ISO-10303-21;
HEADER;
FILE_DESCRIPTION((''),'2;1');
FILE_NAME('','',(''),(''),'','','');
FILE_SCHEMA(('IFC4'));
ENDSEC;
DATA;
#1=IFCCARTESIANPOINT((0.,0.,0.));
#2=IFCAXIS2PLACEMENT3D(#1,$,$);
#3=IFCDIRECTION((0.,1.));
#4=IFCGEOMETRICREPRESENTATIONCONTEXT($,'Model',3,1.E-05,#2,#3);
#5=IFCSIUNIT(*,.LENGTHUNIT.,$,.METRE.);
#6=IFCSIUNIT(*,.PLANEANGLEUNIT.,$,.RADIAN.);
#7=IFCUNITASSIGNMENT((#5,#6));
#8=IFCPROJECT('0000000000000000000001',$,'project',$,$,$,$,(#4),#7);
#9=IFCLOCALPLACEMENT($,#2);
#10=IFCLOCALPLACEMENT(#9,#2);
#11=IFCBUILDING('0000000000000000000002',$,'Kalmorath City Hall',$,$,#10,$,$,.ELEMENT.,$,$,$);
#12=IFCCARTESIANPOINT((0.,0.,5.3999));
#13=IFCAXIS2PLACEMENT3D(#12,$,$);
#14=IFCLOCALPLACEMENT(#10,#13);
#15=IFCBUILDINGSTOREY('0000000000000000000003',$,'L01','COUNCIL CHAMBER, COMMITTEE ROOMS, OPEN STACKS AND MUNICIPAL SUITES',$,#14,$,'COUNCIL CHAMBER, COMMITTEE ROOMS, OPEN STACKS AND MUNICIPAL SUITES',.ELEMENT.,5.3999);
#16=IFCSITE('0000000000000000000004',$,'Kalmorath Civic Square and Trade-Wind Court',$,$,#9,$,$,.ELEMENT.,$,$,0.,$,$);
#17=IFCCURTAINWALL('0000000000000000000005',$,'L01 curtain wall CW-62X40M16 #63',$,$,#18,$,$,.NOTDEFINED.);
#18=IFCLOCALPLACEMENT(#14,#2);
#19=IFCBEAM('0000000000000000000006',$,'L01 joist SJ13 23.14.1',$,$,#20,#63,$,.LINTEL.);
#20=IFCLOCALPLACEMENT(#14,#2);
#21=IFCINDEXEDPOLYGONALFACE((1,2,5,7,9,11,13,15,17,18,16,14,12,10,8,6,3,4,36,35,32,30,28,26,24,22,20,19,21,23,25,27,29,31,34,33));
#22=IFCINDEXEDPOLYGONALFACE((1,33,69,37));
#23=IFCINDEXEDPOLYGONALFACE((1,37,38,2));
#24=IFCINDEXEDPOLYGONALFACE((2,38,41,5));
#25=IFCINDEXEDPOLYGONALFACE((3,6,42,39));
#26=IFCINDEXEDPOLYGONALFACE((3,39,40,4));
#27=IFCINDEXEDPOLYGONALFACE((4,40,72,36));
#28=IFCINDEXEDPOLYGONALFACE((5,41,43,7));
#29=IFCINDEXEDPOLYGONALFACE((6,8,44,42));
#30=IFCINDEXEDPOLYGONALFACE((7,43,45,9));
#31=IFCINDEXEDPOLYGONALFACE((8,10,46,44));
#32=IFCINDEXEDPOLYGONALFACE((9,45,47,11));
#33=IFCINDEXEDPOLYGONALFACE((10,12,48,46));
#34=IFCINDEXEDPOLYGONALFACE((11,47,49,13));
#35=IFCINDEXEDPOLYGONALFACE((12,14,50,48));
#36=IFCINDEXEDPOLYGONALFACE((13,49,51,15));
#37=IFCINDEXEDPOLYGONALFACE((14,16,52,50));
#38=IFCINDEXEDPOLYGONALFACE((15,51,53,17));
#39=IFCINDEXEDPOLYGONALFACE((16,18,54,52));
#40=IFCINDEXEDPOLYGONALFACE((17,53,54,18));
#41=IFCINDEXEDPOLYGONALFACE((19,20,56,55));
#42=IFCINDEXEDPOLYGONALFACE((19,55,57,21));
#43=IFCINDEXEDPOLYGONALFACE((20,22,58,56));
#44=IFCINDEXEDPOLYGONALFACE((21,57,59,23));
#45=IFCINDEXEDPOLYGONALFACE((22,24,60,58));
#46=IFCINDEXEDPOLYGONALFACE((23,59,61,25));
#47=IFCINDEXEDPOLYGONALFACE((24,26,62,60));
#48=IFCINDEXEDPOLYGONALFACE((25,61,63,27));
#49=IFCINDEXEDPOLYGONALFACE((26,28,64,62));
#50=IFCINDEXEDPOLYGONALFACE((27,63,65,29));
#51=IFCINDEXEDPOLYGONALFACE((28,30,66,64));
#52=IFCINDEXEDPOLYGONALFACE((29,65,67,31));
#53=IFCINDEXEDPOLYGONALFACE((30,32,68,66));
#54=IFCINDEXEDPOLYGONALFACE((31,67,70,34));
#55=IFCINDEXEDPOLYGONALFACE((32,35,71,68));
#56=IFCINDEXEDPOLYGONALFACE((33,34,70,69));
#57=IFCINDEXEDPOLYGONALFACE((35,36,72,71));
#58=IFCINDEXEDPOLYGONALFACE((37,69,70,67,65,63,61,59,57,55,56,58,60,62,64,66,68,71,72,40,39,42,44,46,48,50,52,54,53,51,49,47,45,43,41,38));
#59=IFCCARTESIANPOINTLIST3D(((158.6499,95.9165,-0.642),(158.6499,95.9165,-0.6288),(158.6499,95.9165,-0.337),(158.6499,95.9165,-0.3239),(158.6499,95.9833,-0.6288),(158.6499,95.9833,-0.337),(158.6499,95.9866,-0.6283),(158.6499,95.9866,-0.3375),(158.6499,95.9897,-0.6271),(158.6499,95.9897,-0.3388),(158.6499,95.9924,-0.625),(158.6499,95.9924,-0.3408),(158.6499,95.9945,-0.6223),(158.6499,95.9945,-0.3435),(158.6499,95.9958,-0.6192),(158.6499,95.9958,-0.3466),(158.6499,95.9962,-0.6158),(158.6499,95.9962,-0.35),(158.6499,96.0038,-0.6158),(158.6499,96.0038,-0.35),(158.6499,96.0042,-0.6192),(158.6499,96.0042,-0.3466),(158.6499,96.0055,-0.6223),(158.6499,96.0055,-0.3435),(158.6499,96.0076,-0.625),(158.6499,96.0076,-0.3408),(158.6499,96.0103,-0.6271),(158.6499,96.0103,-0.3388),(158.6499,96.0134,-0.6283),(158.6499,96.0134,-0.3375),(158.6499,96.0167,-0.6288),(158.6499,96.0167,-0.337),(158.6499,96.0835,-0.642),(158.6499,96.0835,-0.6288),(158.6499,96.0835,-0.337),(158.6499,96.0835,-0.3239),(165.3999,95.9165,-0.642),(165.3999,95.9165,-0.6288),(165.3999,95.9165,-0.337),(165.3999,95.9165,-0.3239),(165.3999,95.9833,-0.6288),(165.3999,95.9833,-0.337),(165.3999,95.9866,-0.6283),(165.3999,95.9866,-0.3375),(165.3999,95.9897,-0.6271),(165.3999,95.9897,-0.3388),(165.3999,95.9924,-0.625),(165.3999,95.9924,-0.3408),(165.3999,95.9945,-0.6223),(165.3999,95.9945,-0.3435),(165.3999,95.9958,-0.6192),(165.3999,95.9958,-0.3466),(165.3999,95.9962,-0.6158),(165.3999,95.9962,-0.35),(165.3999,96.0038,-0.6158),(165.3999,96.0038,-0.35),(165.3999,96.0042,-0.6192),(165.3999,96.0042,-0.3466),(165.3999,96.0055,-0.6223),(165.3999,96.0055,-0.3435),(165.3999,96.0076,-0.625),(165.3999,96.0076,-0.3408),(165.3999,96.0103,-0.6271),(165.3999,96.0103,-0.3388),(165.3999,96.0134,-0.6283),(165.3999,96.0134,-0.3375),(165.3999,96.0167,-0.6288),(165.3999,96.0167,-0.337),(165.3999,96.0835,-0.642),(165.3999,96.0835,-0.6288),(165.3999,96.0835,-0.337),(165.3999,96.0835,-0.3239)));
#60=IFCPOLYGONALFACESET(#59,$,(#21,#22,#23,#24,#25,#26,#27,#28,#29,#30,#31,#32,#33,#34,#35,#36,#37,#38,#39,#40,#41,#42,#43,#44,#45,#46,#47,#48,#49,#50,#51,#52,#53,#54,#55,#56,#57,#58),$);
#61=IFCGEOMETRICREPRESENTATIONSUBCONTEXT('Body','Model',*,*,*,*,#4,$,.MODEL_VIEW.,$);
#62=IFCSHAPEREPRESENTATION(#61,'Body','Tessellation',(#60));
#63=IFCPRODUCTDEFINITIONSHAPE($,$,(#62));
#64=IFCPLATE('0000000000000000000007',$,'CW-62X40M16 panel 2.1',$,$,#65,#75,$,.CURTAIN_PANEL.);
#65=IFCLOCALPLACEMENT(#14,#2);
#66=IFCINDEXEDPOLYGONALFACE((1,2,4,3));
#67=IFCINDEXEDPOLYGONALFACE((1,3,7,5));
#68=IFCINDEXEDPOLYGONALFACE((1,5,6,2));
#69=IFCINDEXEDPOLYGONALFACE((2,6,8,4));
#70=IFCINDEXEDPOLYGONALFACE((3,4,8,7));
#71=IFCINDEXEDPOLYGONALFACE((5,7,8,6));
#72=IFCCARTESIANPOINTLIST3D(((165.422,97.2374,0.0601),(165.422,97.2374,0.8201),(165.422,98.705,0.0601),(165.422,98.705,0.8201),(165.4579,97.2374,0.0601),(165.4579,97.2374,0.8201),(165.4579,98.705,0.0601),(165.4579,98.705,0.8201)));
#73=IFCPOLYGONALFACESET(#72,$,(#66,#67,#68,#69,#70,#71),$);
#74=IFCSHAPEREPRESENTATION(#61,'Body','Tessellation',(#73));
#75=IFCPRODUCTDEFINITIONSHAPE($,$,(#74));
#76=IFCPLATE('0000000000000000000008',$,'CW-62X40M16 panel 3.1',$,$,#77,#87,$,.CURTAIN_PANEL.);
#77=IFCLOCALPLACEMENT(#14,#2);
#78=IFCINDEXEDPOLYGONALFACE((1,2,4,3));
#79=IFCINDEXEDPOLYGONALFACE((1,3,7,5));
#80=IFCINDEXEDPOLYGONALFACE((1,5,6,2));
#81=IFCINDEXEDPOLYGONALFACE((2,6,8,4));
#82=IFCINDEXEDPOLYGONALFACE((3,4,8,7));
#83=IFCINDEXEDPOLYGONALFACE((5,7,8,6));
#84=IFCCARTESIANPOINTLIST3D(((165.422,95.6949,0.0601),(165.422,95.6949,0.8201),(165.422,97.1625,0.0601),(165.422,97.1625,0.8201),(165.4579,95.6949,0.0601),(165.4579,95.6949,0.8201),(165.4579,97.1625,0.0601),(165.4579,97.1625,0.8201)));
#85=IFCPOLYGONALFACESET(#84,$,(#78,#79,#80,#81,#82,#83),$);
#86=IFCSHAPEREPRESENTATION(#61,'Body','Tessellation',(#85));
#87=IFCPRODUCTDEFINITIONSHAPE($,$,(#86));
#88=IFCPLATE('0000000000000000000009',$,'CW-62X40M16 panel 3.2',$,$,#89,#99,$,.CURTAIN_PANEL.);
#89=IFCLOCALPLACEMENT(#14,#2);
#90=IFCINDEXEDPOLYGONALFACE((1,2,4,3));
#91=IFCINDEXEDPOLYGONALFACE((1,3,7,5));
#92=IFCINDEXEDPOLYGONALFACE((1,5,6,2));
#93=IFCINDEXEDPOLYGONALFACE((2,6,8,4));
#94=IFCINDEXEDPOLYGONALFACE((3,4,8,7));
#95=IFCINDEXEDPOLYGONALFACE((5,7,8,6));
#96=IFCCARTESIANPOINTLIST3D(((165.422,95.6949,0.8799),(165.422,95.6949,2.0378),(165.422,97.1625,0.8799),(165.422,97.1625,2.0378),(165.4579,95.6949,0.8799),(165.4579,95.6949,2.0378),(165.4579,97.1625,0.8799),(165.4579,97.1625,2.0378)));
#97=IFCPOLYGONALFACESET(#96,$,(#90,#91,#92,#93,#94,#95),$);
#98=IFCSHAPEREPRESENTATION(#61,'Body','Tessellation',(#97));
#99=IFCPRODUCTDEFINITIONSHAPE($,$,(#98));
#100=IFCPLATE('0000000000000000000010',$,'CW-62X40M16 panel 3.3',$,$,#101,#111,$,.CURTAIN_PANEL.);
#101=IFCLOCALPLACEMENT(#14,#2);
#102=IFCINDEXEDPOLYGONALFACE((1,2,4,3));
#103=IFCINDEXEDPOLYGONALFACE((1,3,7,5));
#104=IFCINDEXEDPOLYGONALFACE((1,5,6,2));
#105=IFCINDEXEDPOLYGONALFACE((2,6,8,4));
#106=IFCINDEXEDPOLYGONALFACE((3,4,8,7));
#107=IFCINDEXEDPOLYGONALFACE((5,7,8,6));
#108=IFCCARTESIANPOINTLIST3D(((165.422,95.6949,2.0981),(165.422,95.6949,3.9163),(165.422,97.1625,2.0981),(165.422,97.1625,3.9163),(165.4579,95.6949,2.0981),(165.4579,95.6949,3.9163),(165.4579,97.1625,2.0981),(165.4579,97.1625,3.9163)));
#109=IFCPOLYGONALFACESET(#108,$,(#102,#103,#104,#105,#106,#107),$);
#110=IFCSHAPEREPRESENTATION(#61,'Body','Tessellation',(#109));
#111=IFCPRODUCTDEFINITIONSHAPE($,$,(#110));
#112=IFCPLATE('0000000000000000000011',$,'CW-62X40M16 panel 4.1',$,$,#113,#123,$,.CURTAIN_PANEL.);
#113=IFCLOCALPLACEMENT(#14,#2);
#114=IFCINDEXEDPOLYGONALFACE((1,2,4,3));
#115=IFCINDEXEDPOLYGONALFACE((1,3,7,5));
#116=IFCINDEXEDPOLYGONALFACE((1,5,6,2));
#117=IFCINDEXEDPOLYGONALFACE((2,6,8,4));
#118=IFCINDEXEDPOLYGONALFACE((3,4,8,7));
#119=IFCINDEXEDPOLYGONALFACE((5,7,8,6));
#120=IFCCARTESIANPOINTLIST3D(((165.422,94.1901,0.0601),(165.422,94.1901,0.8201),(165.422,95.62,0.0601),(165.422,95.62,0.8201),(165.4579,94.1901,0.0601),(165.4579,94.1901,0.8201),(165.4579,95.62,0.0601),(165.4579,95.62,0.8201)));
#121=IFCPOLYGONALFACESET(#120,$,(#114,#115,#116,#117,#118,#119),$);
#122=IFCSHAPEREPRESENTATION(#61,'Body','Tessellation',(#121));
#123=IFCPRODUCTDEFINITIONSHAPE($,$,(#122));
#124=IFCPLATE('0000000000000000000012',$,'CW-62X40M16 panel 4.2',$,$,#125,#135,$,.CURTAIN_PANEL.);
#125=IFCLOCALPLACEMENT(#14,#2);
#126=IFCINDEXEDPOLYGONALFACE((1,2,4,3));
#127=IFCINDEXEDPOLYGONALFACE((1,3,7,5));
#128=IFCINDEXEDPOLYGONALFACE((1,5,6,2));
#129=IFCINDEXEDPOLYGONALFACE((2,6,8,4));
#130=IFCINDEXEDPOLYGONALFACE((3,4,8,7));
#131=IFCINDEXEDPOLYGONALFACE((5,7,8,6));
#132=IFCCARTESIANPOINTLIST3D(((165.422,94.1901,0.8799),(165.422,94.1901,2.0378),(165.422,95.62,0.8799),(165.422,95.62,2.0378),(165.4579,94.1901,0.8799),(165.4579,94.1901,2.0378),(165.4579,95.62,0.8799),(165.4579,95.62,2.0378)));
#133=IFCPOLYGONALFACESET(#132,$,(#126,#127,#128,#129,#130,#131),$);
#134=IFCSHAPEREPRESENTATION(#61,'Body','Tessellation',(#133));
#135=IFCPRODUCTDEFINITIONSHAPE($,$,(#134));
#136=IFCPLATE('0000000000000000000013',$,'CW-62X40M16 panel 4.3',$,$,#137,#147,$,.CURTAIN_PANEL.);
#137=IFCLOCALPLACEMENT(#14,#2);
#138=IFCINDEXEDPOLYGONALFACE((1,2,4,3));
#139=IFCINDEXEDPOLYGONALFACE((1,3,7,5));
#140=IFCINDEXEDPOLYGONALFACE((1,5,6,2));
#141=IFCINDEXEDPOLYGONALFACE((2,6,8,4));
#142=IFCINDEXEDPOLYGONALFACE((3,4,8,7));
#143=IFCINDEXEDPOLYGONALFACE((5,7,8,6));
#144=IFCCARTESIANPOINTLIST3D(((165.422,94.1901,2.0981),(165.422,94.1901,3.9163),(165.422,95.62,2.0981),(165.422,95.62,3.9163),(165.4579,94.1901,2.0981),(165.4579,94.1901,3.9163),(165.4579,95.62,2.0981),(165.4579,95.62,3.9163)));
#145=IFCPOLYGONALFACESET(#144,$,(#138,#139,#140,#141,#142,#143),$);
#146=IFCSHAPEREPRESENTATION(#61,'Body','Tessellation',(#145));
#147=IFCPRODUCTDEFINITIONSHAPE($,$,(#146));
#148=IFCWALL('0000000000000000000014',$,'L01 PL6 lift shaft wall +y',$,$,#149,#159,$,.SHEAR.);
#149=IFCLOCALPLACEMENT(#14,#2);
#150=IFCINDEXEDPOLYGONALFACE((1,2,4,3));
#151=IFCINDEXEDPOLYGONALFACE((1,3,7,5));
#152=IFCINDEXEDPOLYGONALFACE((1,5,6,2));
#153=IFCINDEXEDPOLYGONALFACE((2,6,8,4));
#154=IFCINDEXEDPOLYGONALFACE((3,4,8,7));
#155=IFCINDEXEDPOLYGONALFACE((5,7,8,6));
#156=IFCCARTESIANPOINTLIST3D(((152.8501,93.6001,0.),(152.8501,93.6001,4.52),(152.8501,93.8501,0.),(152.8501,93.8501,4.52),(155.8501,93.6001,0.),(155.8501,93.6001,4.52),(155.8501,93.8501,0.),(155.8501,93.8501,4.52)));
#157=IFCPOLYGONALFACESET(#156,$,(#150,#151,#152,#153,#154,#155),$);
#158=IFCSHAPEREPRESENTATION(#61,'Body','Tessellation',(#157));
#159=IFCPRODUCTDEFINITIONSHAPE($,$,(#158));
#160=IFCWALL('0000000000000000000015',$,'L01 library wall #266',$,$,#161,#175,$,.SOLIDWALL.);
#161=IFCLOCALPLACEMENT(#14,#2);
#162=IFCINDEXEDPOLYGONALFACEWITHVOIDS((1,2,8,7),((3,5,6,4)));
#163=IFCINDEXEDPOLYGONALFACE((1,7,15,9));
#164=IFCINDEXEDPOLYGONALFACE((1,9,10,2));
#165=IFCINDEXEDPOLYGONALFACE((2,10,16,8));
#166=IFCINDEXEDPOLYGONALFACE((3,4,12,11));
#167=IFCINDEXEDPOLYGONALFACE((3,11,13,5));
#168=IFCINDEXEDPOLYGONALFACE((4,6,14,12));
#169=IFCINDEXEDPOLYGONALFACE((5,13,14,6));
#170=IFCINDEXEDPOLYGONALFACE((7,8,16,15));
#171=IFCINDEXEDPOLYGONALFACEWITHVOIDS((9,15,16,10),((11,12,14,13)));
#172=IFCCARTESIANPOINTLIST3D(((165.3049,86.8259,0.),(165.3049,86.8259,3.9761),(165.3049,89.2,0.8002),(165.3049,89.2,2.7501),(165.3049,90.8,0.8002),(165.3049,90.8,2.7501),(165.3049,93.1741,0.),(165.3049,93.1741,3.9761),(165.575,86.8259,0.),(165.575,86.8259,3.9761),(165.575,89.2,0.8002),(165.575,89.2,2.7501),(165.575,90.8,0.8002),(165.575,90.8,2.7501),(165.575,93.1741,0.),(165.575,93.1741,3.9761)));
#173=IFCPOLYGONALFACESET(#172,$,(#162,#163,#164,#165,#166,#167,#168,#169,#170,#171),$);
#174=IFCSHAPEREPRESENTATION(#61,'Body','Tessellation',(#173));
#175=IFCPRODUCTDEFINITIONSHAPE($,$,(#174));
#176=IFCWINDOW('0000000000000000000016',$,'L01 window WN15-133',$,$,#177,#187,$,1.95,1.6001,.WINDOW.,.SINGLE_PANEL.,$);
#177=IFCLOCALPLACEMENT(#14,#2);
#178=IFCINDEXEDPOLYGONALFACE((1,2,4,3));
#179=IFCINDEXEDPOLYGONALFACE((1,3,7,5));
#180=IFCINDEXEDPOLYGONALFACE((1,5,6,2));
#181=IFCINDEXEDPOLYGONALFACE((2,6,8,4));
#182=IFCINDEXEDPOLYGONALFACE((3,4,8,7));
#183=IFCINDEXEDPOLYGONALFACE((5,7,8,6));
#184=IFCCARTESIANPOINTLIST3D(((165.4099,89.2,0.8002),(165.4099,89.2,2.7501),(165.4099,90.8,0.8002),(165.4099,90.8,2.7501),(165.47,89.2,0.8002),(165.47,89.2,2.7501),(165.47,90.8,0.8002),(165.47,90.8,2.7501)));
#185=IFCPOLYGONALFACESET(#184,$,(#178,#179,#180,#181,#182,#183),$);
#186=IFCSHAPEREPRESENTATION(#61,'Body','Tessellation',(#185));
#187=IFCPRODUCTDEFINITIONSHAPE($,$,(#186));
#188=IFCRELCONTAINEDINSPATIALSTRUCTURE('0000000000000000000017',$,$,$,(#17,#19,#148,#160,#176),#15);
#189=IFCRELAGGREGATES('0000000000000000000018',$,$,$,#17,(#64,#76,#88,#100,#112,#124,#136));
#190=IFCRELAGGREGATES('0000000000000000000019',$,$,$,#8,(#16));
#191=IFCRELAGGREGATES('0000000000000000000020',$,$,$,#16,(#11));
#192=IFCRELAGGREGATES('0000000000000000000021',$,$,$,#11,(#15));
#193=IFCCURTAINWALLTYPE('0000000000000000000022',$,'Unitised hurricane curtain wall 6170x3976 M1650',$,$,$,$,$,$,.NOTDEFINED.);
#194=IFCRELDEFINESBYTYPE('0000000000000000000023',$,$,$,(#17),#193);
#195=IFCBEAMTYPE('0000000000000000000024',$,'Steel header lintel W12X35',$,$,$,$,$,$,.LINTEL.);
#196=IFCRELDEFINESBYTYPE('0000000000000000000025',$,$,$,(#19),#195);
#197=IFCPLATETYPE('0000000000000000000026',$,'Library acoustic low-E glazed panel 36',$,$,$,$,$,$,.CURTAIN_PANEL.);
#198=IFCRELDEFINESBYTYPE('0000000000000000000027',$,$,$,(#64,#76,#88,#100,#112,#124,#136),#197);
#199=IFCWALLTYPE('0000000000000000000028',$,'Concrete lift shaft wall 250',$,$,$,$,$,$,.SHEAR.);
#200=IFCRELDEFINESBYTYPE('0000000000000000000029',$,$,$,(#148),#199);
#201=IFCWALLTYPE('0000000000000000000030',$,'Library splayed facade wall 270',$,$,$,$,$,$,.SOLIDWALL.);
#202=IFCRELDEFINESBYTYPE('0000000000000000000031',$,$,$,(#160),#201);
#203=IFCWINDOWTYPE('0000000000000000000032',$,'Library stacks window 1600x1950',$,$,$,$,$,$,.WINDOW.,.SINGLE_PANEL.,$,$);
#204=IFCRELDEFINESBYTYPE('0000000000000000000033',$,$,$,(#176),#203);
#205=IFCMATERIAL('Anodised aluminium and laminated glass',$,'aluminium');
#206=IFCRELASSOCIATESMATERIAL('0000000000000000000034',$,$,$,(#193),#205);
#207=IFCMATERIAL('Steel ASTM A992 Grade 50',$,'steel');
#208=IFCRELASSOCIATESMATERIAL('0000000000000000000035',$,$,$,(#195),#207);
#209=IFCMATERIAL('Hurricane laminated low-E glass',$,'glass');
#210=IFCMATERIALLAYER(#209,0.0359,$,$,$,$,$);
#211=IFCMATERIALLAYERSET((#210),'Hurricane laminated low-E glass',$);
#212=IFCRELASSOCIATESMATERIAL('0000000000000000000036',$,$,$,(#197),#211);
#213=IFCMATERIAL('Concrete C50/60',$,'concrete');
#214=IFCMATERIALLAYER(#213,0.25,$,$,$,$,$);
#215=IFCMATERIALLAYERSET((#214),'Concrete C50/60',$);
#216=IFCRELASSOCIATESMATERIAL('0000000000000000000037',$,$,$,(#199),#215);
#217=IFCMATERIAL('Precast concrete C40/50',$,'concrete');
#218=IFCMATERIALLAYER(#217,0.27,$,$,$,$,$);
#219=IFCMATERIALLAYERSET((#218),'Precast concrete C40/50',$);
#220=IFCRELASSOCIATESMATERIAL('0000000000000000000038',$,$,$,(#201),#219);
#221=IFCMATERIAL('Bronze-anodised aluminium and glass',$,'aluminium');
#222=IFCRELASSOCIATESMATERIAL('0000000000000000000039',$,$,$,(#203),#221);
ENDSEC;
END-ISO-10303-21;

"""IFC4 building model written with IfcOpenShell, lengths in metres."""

from ifc_helpers import new_model, si_unit, direction, frame, frame_2d, origin, origin_2d, place, context, subcontext, project, spatial, rectangle, i_section, extrude, material, layer, layer_set, material_profile, profile_set, type_object, element, fill, aggregate, save


model = new_model("IFC4")

# Units and contexts
model_context = context("Model", 3, precision=1e-05, world=origin(), true_north=direction((0.0, 1.0)))
body_context = subcontext(model_context, "Body", "Model", "MODEL_VIEW")
ifc_project = project(units=[si_unit("LENGTHUNIT", "METRE"), si_unit("PLANEANGLEUNIT", "RADIAN")], contexts=[model_context])

# Site, building, storey
site_placement = place(None, origin())
site = spatial("IfcSite", under=ifc_project, at=site_placement, Name="Kalmorath Civic Square and Trade-Wind Court", CompositionType="ELEMENT", RefElevation=0.0)
building_placement = place(site_placement, origin())
building = spatial("IfcBuilding", under=site, at=building_placement, Name="Kalmorath City Hall", CompositionType="ELEMENT")
storey_placement = place(building_placement, frame((0.0, 0.0, 5.3999)))
storey = spatial("IfcBuildingStorey", under=building, at=storey_placement, Name="L01", Description="COUNCIL CHAMBER, COMMITTEE ROOMS, OPEN STACKS AND MUNICIPAL SUITES", LongName="COUNCIL CHAMBER, COMMITTEE ROOMS, OPEN STACKS AND MUNICIPAL SUITES", CompositionType="ELEMENT", Elevation=5.3999)

# Curtain wall
ifc_material_1 = material(Name="Anodised aluminium and laminated glass", Category="aluminium")
curtain_wall_type = type_object("IfcCurtainWallType", Name="Unitised hurricane curtain wall 6170x3976 M1650", PredefinedType="NOTDEFINED", material=ifc_material_1)
curtain_wall_placement = place(storey_placement, origin())
curtain_wall = element("IfcCurtainWall", 1, at=curtain_wall_placement, inside=storey, type_object=curtain_wall_type, Name="L01 curtain wall CW-62X40M16 #63", PredefinedType="NOTDEFINED")

# Beam
ifc_material_2 = material(Name="Steel ASTM A992 Grade 50", Category="steel")
ifc_material_profile_1 = material_profile(ifc_material_2, i_section(OverallWidth=0.167, OverallDepth=0.3181, WebThickness=0.0076, FlangeThickness=0.0132, FilletRadius=0.0129, at=origin_2d()), Name="W12X35")
ifc_profile_set_1 = profile_set([ifc_material_profile_1], Name="Steel ASTM A992 Grade 50")
beam_type_1 = type_object("IfcBeamType", Name="Steel header lintel W12X35", PredefinedType="LINTEL", material=ifc_profile_set_1)
beam_1_placement = place(storey_placement, frame((158.6499, 96.0, -0.4829), z_axis=(1.0, 0.0, 0.0), x_axis=(0.0, 1.0, 0.0)))
element("IfcBeam", 2, at=beam_1_placement, inside=storey, type_object=beam_type_1, Name="L01 joist SJ13 23.14.1", PredefinedType="LINTEL", context=body_context, shape_type="SweptSolid", body=[
    extrude(i_section(OverallWidth=0.167, OverallDepth=0.3181, WebThickness=0.0076, FlangeThickness=0.0132, FilletRadius=0.0129, at=origin_2d()), origin(), (0.0, 0.0, 1.0), 6.75),
])

# Plates
ifc_material_3 = material(Name="Hurricane laminated low-E glass", Category="glass")
ifc_layer_1 = layer(ifc_material_3, 0.0359)
ifc_layer_set_1 = layer_set([ifc_layer_1], Name="Hurricane laminated low-E glass")
plate_type = type_object("IfcPlateType", Name="Library acoustic low-E glazed panel 36", PredefinedType="CURTAIN_PANEL", material=ifc_layer_set_1)
plate_1_placement = place(storey_placement, frame((165.4399, 97.9712, 0.0601), z_axis=(0.0, 0.0, 1.0), x_axis=(0.0, -1.0, 0.0)))
plate_1 = element("IfcPlate", 3, at=plate_1_placement, type_object=plate_type, Name="CW-62X40M16 panel 2.1", PredefinedType="CURTAIN_PANEL", context=body_context, shape_type="SweptSolid", body=[
    extrude(rectangle(XDim=1.4675, YDim=0.0359, at=origin_2d()), origin(), (0.0, 0.0, 1.0), 0.76),
])
plate_2_placement = place(storey_placement, frame((165.4399, 96.4287, 0.0601), z_axis=(0.0, 0.0, 1.0), x_axis=(0.0, -1.0, 0.0)))
plate_2 = element("IfcPlate", 4, at=plate_2_placement, type_object=plate_type, Name="CW-62X40M16 panel 3.1", PredefinedType="CURTAIN_PANEL", context=body_context, shape_type="SweptSolid", body=[
    extrude(rectangle(XDim=1.4675, YDim=0.0359, at=origin_2d()), origin(), (0.0, 0.0, 1.0), 0.76),
])
plate_3_placement = place(storey_placement, frame((165.4399, 96.4287, 0.8799), z_axis=(0.0, 0.0, 1.0), x_axis=(0.0, -1.0, 0.0)))
plate_3 = element("IfcPlate", 5, at=plate_3_placement, type_object=plate_type, Name="CW-62X40M16 panel 3.2", PredefinedType="CURTAIN_PANEL", context=body_context, shape_type="SweptSolid", body=[
    extrude(rectangle(XDim=1.4675, YDim=0.0359, at=origin_2d()), origin(), (0.0, 0.0, 1.0), 1.158),
])
plate_4_placement = place(storey_placement, frame((165.4399, 96.4287, 2.0981), z_axis=(0.0, 0.0, 1.0), x_axis=(0.0, -1.0, 0.0)))
plate_4 = element("IfcPlate", 6, at=plate_4_placement, type_object=plate_type, Name="CW-62X40M16 panel 3.3", PredefinedType="CURTAIN_PANEL", context=body_context, shape_type="SweptSolid", body=[
    extrude(rectangle(XDim=1.4675, YDim=0.0359, at=origin_2d()), origin(), (0.0, 0.0, 1.0), 1.8181),
])
plate_5_placement = place(storey_placement, frame((165.4399, 94.905, 0.0601), z_axis=(0.0, 0.0, 1.0), x_axis=(0.0, -1.0, 0.0)))
plate_5 = element("IfcPlate", 7, at=plate_5_placement, type_object=plate_type, Name="CW-62X40M16 panel 4.1", PredefinedType="CURTAIN_PANEL", context=body_context, shape_type="SweptSolid", body=[
    extrude(rectangle(XDim=1.4299, YDim=0.0359, at=origin_2d()), origin(), (0.0, 0.0, 1.0), 0.76),
])
plate_6_placement = place(storey_placement, frame((165.4399, 94.905, 0.8799), z_axis=(0.0, 0.0, 1.0), x_axis=(0.0, -1.0, 0.0)))
plate_6 = element("IfcPlate", 8, at=plate_6_placement, type_object=plate_type, Name="CW-62X40M16 panel 4.2", PredefinedType="CURTAIN_PANEL", context=body_context, shape_type="SweptSolid", body=[
    extrude(rectangle(XDim=1.4299, YDim=0.0359, at=origin_2d()), origin(), (0.0, 0.0, 1.0), 1.158),
])
plate_7_placement = place(storey_placement, frame((165.4399, 94.905, 2.0981), z_axis=(0.0, 0.0, 1.0), x_axis=(0.0, -1.0, 0.0)))
plate_7 = element("IfcPlate", 9, at=plate_7_placement, type_object=plate_type, Name="CW-62X40M16 panel 4.3", PredefinedType="CURTAIN_PANEL", context=body_context, shape_type="SweptSolid", body=[
    extrude(rectangle(XDim=1.4299, YDim=0.0359, at=origin_2d()), origin(), (0.0, 0.0, 1.0), 1.8181),
])
aggregate(curtain_wall, [plate_1, plate_2, plate_3, plate_4, plate_5, plate_6, plate_7])

# Wall
ifc_material_4 = material(Name="Concrete C50/60", Category="concrete")
ifc_layer_2 = layer(ifc_material_4, 0.25)
ifc_layer_set_2 = layer_set([ifc_layer_2], Name="Concrete C50/60")
wall_type_1 = type_object("IfcWallType", Name="Concrete lift shaft wall 250", PredefinedType="SHEAR", material=ifc_layer_set_2)
wall_1_placement = place(storey_placement, frame((155.8501, 93.7251, 0.0), z_axis=(0.0, 0.0, 1.0), x_axis=(-1.0, 0.0, 0.0)))
element("IfcWall", 10, at=wall_1_placement, inside=storey, type_object=wall_type_1, Name="L01 PL6 lift shaft wall +y", PredefinedType="SHEAR", context=body_context, shape_type="SweptSolid", body=[
    extrude(rectangle(XDim=3.0, YDim=0.25, at=frame_2d((1.5, 0.0))), origin(), (0.0, 0.0, 1.0), 4.52),
])

# Wall, opening, window
ifc_material_5 = material(Name="Precast concrete C40/50", Category="concrete")
ifc_layer_3 = layer(ifc_material_5, 0.27)
ifc_layer_set_3 = layer_set([ifc_layer_3], Name="Precast concrete C40/50")
wall_type_2 = type_object("IfcWallType", Name="Library splayed facade wall 270", PredefinedType="SOLIDWALL", material=ifc_layer_set_3)
wall_2_placement = place(storey_placement, frame((165.4399, 93.1741, 0.0), z_axis=(0.0, 0.0, 1.0), x_axis=(0.0, -1.0, 0.0)))
wall_2 = element("IfcWall", 11, at=wall_2_placement, inside=storey, type_object=wall_type_2, Name="L01 library wall #266", PredefinedType="SOLIDWALL", context=body_context, shape_type="SweptSolid", body=[
    extrude(rectangle(XDim=6.3481, YDim=0.27, at=frame_2d((3.1741, 0.0))), origin(), (0.0, 0.0, 1.0), 3.9761),
])
opening_placement = place(wall_2_placement, frame((2.374, 0.0, 0.8)))
opening = element("IfcOpeningElement", 12, at=opening_placement, cuts=wall_2, PredefinedType="OPENING", context=body_context, shape_type="SweptSolid", body=[
    extrude(rectangle(XDim=1.6001, YDim=1.95, at=frame_2d((0.8, 0.9751))), frame((0.0, 0.145, 0.0), z_axis=(0.0, -1.0, 0.0), x_axis=(1.0, 0.0, 0.0)), (0.0, 0.0, 1.0), 0.29),
])
ifc_material_6 = material(Name="Bronze-anodised aluminium and glass", Category="aluminium")
window_type = type_object("IfcWindowType", Name="Library stacks window 1600x1950", PartitioningType="SINGLE_PANEL", PredefinedType="WINDOW", material=ifc_material_6)
window_placement = place(opening_placement, origin())
window = element("IfcWindow", 13, at=window_placement, inside=storey, type_object=window_type, Name="L01 window WN15-133", OverallHeight=1.95, OverallWidth=1.6001, PartitioningType="SINGLE_PANEL", PredefinedType="WINDOW", context=body_context, shape_type="SweptSolid", body=[
    extrude(rectangle(XDim=1.6001, YDim=1.95, at=frame_2d((0.8, 0.9751))), frame((0.0, 0.03, 0.0), z_axis=(0.0, -1.0, 0.0), x_axis=(1.0, 0.0, 0.0)), (0.0, 0.0, 1.0), 0.0601),
])
fill(opening, window)

save(model, "model.ifc")
